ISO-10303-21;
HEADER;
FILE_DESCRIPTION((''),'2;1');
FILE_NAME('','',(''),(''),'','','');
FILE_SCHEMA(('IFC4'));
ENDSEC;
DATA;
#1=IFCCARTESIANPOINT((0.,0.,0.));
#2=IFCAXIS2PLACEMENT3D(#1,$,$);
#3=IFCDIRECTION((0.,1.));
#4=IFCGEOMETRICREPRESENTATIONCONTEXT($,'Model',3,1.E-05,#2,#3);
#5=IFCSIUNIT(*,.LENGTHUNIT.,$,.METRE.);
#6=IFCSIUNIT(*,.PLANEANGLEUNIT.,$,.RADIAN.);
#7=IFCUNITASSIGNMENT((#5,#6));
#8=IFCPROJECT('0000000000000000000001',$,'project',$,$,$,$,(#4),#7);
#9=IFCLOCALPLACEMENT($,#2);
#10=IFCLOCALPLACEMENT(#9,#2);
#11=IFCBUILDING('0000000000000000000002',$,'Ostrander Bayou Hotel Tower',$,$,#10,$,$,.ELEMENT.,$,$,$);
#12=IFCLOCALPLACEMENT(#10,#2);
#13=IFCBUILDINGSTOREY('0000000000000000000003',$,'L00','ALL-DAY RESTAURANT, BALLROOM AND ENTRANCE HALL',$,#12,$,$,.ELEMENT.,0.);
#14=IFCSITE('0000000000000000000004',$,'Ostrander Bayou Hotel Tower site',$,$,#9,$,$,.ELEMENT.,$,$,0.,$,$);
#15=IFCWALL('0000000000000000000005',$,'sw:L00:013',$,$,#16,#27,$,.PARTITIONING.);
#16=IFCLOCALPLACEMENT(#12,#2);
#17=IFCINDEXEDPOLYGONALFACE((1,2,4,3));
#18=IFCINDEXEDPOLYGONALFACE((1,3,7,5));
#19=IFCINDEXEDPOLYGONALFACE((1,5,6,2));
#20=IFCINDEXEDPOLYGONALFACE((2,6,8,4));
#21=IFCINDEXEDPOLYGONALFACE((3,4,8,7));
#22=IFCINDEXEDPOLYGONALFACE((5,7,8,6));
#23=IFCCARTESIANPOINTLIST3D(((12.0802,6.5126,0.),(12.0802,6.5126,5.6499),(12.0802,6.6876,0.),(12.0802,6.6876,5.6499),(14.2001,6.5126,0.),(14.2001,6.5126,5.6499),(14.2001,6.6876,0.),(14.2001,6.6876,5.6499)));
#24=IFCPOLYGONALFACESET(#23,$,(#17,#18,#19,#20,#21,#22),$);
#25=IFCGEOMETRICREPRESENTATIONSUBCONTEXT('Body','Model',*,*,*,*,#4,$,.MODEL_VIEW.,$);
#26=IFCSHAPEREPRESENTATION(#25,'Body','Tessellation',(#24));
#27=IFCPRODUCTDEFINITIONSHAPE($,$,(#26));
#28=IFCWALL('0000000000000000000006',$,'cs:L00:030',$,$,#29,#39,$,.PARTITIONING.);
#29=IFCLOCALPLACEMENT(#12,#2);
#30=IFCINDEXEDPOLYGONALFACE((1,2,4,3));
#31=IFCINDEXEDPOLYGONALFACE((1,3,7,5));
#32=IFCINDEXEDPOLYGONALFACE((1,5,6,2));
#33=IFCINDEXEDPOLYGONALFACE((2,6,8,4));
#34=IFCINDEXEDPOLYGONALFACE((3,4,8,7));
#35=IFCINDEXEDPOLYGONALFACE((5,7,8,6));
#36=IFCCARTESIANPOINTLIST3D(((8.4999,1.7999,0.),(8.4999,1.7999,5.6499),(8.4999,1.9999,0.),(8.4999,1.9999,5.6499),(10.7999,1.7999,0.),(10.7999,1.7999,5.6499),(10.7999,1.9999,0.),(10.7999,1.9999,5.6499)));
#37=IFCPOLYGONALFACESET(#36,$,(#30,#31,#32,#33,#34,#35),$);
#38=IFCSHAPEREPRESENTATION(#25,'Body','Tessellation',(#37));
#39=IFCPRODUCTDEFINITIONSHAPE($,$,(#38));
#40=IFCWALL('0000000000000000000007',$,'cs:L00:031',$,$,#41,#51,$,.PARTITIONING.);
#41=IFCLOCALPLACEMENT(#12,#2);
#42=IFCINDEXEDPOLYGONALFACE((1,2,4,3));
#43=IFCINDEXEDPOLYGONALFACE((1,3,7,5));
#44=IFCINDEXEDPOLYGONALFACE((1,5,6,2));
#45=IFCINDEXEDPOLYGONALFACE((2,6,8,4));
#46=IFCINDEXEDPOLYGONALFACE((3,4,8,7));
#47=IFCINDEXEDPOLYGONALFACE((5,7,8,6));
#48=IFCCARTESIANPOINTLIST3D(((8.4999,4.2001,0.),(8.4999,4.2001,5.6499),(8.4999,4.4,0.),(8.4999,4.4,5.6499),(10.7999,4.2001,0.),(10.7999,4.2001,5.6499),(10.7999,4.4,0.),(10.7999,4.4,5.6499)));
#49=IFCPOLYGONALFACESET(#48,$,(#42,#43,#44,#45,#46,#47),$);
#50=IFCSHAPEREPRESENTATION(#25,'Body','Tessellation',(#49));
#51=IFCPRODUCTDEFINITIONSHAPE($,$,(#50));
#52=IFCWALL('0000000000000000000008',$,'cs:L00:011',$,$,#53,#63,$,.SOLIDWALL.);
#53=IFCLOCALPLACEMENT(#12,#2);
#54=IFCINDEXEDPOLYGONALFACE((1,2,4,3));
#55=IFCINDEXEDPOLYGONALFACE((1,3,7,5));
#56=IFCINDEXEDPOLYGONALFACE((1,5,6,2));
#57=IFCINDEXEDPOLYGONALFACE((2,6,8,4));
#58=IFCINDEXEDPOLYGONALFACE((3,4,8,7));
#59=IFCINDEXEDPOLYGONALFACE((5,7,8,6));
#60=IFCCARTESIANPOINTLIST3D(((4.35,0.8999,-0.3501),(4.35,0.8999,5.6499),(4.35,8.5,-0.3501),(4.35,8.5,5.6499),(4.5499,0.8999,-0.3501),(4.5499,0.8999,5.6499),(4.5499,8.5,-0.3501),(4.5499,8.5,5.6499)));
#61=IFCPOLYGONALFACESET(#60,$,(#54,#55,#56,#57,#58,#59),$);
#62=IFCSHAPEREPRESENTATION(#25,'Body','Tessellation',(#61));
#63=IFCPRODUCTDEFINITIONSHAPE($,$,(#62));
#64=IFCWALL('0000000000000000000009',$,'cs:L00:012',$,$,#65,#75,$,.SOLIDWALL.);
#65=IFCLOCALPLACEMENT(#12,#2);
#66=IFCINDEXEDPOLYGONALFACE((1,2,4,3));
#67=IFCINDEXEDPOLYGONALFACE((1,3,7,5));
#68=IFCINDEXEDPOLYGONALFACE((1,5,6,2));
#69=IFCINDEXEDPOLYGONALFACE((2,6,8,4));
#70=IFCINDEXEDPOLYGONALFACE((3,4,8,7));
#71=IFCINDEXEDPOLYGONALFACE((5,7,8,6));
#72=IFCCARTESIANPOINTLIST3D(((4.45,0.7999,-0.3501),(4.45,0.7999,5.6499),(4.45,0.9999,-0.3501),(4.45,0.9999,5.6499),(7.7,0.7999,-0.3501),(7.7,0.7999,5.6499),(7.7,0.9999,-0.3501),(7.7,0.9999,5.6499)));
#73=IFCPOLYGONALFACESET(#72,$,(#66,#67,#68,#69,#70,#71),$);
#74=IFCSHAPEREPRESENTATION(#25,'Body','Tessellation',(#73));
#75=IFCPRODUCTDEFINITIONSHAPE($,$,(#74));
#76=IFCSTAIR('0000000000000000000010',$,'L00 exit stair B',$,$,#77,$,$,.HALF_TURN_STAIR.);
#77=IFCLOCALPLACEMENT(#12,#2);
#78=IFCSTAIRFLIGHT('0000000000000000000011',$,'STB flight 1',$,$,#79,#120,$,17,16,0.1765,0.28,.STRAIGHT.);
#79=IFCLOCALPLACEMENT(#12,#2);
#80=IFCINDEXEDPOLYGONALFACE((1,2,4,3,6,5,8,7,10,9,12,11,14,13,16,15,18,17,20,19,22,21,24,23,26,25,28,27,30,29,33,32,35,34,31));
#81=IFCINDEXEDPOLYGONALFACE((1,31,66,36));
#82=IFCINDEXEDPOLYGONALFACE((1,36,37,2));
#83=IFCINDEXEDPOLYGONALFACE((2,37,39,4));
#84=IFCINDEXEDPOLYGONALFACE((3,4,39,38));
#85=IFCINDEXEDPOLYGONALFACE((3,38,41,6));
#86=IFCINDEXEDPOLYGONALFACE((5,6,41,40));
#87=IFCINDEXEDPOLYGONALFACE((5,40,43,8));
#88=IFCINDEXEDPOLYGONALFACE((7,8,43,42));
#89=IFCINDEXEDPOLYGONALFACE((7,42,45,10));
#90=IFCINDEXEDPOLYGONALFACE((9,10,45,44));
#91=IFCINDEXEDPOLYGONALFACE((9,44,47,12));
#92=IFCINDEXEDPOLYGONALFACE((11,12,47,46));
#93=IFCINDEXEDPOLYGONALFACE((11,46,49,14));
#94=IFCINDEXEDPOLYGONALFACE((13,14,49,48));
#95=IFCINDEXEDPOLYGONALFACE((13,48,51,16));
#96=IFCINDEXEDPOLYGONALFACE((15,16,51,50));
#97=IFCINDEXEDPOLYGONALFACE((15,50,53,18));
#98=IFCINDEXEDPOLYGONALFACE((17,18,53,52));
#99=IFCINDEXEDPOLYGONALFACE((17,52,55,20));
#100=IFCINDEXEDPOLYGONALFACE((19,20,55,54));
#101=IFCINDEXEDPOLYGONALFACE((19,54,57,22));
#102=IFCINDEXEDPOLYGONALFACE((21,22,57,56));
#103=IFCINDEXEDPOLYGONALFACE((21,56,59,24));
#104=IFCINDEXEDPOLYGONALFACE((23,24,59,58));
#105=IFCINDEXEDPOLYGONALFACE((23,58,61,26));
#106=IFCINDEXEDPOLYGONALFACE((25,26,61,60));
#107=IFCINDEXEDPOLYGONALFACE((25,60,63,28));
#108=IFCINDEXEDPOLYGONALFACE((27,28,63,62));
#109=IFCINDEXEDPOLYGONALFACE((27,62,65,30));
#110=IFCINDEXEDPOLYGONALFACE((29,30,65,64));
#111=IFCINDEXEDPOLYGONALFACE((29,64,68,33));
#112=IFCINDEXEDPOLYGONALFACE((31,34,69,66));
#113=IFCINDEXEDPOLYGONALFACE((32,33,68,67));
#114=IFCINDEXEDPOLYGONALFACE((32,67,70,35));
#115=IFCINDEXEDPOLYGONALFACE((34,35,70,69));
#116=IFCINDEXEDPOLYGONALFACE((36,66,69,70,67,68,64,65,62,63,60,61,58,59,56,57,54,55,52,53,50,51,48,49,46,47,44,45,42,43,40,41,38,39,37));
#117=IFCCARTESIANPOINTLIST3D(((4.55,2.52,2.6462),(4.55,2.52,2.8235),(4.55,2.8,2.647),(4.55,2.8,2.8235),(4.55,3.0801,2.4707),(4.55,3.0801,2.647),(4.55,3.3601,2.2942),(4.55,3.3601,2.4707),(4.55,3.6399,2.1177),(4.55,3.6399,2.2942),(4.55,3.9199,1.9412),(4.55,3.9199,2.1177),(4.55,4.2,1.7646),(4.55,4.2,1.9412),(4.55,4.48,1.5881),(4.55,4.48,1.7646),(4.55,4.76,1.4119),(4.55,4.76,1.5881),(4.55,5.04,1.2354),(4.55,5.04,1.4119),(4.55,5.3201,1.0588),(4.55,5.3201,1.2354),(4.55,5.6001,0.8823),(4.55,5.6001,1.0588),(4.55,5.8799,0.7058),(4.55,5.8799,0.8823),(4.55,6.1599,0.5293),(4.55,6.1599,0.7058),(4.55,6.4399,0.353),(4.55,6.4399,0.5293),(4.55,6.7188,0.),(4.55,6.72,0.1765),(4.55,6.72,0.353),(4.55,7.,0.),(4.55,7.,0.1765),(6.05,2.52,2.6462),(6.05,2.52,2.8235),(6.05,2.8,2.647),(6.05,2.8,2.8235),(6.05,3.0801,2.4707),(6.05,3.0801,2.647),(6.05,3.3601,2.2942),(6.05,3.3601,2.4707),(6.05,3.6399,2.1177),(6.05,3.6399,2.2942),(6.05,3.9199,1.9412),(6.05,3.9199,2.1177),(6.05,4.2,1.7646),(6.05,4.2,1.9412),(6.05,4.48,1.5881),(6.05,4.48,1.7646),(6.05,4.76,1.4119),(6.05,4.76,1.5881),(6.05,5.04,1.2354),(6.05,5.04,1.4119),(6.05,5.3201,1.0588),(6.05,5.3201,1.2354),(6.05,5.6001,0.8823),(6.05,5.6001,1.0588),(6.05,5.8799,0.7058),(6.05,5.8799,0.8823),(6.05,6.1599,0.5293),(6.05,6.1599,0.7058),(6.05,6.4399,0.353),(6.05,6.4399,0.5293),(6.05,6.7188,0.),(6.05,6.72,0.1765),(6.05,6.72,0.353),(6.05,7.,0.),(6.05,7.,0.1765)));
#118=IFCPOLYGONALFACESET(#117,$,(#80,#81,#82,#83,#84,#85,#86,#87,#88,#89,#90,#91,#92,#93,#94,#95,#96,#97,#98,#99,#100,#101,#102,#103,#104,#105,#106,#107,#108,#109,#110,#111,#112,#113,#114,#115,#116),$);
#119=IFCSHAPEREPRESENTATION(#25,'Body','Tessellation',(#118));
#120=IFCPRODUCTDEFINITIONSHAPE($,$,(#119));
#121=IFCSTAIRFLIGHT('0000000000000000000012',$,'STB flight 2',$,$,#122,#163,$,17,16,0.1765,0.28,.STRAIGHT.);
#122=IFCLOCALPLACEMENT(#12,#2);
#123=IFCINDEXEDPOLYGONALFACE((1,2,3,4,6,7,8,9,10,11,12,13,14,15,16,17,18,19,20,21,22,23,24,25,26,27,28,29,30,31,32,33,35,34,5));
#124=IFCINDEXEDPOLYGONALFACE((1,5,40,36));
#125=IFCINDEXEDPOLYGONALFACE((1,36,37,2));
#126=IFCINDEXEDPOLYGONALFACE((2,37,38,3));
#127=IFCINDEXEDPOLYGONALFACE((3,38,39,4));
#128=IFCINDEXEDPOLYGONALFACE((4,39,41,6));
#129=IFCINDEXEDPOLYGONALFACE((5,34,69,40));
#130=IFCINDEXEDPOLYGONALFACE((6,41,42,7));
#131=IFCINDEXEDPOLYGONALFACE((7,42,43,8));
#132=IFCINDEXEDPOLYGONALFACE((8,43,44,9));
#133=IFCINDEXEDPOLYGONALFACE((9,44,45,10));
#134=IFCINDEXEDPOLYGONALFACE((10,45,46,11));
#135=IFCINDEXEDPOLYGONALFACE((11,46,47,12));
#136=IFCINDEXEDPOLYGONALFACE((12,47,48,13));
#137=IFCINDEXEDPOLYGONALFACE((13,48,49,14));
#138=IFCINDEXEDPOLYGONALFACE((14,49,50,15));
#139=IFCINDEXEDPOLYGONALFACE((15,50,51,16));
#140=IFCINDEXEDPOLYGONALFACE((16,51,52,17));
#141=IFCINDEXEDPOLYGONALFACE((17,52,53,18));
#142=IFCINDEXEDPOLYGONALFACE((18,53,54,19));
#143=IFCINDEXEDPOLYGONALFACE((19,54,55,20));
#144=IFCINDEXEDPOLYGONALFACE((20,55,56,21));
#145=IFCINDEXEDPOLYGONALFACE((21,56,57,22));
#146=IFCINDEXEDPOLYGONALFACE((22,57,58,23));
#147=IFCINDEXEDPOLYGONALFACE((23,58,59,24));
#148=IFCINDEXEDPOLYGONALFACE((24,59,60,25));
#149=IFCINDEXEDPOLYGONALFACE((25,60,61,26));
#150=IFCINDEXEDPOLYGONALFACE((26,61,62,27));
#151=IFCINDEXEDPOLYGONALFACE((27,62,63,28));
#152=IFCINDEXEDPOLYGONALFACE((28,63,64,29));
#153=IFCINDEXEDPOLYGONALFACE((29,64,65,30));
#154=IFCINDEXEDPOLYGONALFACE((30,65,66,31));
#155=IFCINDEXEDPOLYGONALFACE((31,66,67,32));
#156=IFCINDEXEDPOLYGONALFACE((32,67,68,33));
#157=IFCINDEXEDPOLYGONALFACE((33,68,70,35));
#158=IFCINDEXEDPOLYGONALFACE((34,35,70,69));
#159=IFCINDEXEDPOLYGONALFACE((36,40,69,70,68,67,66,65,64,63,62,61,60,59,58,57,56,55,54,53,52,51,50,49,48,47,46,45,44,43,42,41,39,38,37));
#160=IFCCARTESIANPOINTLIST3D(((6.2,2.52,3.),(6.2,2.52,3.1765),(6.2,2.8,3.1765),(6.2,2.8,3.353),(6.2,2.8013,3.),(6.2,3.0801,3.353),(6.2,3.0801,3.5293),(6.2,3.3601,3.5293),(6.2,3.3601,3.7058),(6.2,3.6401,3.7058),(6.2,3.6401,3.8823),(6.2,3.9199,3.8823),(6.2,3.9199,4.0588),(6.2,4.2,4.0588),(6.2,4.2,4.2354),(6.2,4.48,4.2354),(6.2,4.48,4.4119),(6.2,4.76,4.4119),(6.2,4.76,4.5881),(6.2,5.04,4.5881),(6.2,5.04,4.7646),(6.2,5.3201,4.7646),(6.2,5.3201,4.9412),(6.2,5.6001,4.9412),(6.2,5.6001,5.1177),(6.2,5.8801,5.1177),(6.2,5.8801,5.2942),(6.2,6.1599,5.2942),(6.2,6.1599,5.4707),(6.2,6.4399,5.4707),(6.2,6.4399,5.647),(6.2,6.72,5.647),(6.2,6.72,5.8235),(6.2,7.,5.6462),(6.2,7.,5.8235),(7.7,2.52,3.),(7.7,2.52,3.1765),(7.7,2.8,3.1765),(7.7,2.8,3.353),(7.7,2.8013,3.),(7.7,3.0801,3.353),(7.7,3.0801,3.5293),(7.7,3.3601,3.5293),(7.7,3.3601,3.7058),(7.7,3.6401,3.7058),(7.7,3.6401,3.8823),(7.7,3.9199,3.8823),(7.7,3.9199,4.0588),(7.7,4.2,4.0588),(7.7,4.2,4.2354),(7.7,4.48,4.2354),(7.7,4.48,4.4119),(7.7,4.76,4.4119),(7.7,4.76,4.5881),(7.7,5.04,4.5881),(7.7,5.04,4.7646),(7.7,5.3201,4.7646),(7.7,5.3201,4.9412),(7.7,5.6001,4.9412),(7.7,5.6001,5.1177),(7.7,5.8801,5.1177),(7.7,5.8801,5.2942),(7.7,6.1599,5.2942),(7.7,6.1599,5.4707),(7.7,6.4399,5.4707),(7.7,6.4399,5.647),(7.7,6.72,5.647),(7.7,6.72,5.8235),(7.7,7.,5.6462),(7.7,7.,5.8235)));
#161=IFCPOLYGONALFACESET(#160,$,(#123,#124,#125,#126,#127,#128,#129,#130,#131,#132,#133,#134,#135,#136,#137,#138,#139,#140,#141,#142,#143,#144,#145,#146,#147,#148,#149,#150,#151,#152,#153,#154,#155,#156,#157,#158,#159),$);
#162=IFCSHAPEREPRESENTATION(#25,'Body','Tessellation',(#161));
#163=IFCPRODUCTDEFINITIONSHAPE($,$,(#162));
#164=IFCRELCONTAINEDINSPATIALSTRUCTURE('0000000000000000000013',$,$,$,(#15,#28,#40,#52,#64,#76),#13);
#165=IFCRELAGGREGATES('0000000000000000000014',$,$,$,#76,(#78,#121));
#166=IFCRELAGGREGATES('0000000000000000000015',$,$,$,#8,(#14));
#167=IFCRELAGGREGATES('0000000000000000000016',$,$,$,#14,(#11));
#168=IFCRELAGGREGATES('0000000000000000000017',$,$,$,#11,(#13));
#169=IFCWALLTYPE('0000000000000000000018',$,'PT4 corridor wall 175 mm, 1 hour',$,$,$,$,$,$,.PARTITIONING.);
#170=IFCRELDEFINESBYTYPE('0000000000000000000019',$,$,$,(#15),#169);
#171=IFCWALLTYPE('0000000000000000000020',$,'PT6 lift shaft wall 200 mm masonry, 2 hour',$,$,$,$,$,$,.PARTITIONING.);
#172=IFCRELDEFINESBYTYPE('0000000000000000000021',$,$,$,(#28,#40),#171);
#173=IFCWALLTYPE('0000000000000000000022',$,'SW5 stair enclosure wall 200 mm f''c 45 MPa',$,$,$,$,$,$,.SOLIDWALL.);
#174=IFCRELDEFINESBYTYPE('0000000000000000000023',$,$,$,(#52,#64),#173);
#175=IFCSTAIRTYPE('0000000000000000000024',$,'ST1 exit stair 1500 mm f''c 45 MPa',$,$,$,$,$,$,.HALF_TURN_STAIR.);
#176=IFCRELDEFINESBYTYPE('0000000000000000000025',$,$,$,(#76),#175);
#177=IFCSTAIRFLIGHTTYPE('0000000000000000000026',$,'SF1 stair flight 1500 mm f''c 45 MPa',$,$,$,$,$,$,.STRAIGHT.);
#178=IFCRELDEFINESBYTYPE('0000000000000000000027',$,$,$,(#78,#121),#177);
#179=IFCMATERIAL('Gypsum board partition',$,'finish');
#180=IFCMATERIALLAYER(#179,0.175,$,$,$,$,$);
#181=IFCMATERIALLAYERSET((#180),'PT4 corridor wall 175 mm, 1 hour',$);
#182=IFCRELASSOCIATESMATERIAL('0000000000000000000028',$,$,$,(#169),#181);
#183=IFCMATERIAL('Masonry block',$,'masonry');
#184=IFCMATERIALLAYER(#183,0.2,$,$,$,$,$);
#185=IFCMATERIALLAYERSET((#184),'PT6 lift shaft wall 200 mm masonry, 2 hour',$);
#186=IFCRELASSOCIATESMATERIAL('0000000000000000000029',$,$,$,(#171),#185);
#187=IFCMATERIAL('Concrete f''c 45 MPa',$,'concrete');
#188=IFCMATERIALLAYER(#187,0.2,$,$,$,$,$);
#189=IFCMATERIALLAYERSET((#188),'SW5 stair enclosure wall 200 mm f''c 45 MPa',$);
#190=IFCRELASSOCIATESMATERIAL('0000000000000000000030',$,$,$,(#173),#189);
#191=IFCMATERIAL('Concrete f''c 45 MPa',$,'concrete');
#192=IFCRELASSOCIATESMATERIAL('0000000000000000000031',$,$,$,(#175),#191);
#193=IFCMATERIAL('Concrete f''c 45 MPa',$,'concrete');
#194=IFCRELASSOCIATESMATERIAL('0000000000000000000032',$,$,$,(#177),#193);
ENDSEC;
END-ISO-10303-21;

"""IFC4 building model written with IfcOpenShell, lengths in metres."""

from ifc_helpers import new_model, si_unit, direction, frame, frame_2d, origin, place, context, subcontext, project, spatial, polyline, rectangle, outline, extrude, material, layer, layer_set, type_object, element, aggregate, save


model = new_model("IFC4")

# Units and contexts
model_context = context("Model", 3, precision=1e-05, world=origin(), true_north=direction((0.0, 1.0)))
body_context = subcontext(model_context, "Body", "Model", "MODEL_VIEW")
ifc_project = project(units=[si_unit("LENGTHUNIT", "METRE"), si_unit("PLANEANGLEUNIT", "RADIAN")], contexts=[model_context])

# Site, building, storey
site_placement = place(None, origin())
site = spatial("IfcSite", under=ifc_project, at=site_placement, Name="Ostrander Bayou Hotel Tower site", CompositionType="ELEMENT", RefElevation=0.0)
building_placement = place(site_placement, origin())
building = spatial("IfcBuilding", under=site, at=building_placement, Name="Ostrander Bayou Hotel Tower", CompositionType="ELEMENT")
storey_placement = place(building_placement, origin())
storey = spatial("IfcBuildingStorey", under=building, at=storey_placement, Name="L00", Description="ALL-DAY RESTAURANT, BALLROOM AND ENTRANCE HALL", CompositionType="ELEMENT", Elevation=0.0)

# Shared definitions
ifc_material_1 = material(Name="Gypsum board partition", Category="finish")
ifc_layer_1 = layer(ifc_material_1, 0.175)
ifc_layer_set_1 = layer_set([ifc_layer_1], Name="PT4 corridor wall 175 mm, 1 hour")
wall_type_1 = type_object("IfcWallType", Name="PT4 corridor wall 175 mm, 1 hour", PredefinedType="PARTITIONING", material=ifc_layer_set_1)

# Wall
wall_1_placement = place(storey_placement, frame((12.0801, 6.6001, 0.0), z_axis=(0.0, 0.0, 1.0), x_axis=(1.0, 0.0, 0.0)))
element("IfcWall", 1, at=wall_1_placement, inside=storey, type_object=wall_type_1, Name="sw:L00:013", PredefinedType="PARTITIONING", context=body_context, shape_type="SweptSolid", body=[
    extrude(rectangle(XDim=2.1199, YDim=0.175, at=frame_2d((1.0601, 0.0))), origin(), (0.0, 0.0, 1.0), 5.6499),
])

# Walls
ifc_material_2 = material(Name="Masonry block", Category="masonry")
ifc_layer_2 = layer(ifc_material_2, 0.2)
ifc_layer_set_2 = layer_set([ifc_layer_2], Name="PT6 lift shaft wall 200 mm masonry, 2 hour")
wall_type_2 = type_object("IfcWallType", Name="PT6 lift shaft wall 200 mm masonry, 2 hour", PredefinedType="PARTITIONING", material=ifc_layer_set_2)
for number, where, z_axis, x_axis, name in (
    (2, (8.5, 1.8999, 0.0), (0.0, 0.0, 1.0), (1.0, 0.0, 0.0), "cs:L00:030"),
    (3, (8.5, 4.3, 0.0), (0.0, 0.0, 1.0), (1.0, 0.0, 0.0), "cs:L00:031"),
):
    element("IfcWall", number, at=place(storey_placement, frame(where, z_axis=z_axis, x_axis=x_axis)), inside=storey, type_object=wall_type_2, Name=name, PredefinedType="PARTITIONING", context=body_context, shape_type="SweptSolid", body=[
        extrude(rectangle(XDim=2.3, YDim=0.2, at=frame_2d((1.1499, 0.0))), origin(), (0.0, 0.0, 1.0), 5.6499),
    ])
ifc_material_3 = material(Name="Concrete f'c 45 MPa", Category="concrete")
ifc_layer_3 = layer(ifc_material_3, 0.2)
ifc_layer_set_3 = layer_set([ifc_layer_3], Name="SW5 stair enclosure wall 200 mm f'c 45 MPa")
wall_type_3 = type_object("IfcWallType", Name="SW5 stair enclosure wall 200 mm f'c 45 MPa", PredefinedType="SOLIDWALL", material=ifc_layer_set_3)
wall_2_placement = place(storey_placement, frame((4.45, 0.8999, -0.3501), z_axis=(0.0, 0.0, 1.0), x_axis=(0.0, 1.0, 0.0)))
element("IfcWall", 4, at=wall_2_placement, inside=storey, type_object=wall_type_3, Name="cs:L00:011", PredefinedType="SOLIDWALL", context=body_context, shape_type="SweptSolid", body=[
    extrude(rectangle(XDim=7.6001, YDim=0.2, at=frame_2d((3.8, 0.0))), origin(), (0.0, 0.0, 1.0), 6.0),
])
wall_3_placement = place(storey_placement, frame((4.45, 0.8999, -0.3501), z_axis=(0.0, 0.0, 1.0), x_axis=(1.0, 0.0, 0.0)))
element("IfcWall", 5, at=wall_3_placement, inside=storey, type_object=wall_type_3, Name="cs:L00:012", PredefinedType="SOLIDWALL", context=body_context, shape_type="SweptSolid", body=[
    extrude(rectangle(XDim=3.25, YDim=0.2, at=frame_2d((1.625, 0.0))), origin(), (0.0, 0.0, 1.0), 6.0),
])

# Stair, stair flights
ifc_material_4 = material(Name="Concrete f'c 45 MPa", Category="concrete")
stair_type = type_object("IfcStairType", Name="ST1 exit stair 1500 mm f'c 45 MPa", PredefinedType="HALF_TURN_STAIR", material=ifc_material_4)
stair_placement = place(storey_placement, origin())
stair = element("IfcStair", 6, at=stair_placement, inside=storey, type_object=stair_type, Name="L00 exit stair B", PredefinedType="HALF_TURN_STAIR")
ifc_material_5 = material(Name="Concrete f'c 45 MPa", Category="concrete")
stair_flight_type = type_object("IfcStairFlightType", Name="SF1 stair flight 1500 mm f'c 45 MPa", PredefinedType="STRAIGHT", material=ifc_material_5)
stair_flight_1_placement = place(storey_placement, frame((5.3, 7.0, 0.0), z_axis=(0.0, 0.0, 1.0), x_axis=(0.0, -1.0, 0.0)))
stair_flight_1 = element("IfcStairFlight", 7, at=stair_flight_1_placement, type_object=stair_flight_type, Name="STB flight 1", NumberOfRisers=17, NumberOfTreads=16, PredefinedType="STRAIGHT", RiserHeight=0.1765, TreadLength=0.28, context=body_context, shape_type="SweptSolid", body=[
    extrude(outline(polyline([(0.0, 0.0), (0.0, 0.1765), (0.28, 0.1765), (0.28, 0.353), (0.5601, 0.353), (0.5601, 0.5293), (0.8401, 0.5293), (0.8401, 0.7058), (1.1201, 0.7058), (1.1201, 0.8823), (1.3999, 0.8823), (1.3999, 1.0588), (1.6799, 1.0588), (1.6799, 1.2354), (1.96, 1.2354), (1.96, 1.4119), (2.24, 1.4119), (2.24, 1.5881), (2.52, 1.5881), (2.52, 1.7646), (2.8, 1.7646), (2.8, 1.9412), (3.0801, 1.9412), (3.0801, 2.1177), (3.3601, 2.1177), (3.3601, 2.2942), (3.6399, 2.2942), (3.6399, 2.4707), (3.9199, 2.4707), (3.9199, 2.647), (4.2, 2.647), (4.2, 2.8235), (4.48, 2.8235), (4.48, 3.0), (4.48, 2.6462), (0.2812, 0.0), (0.0, 0.0)])), frame((0.0, 0.75, 0.0), z_axis=(0.0, -1.0, 0.0), x_axis=(1.0, 0.0, 0.0)), (0.0, 0.0, 1.0), 1.5),
])
stair_flight_2_placement = place(storey_placement, frame((6.95, 2.52, 3.0), z_axis=(0.0, 0.0, 1.0), x_axis=(0.0, 1.0, 0.0)))
stair_flight_2 = element("IfcStairFlight", 8, at=stair_flight_2_placement, type_object=stair_flight_type, Name="STB flight 2", NumberOfRisers=17, NumberOfTreads=16, PredefinedType="STRAIGHT", RiserHeight=0.1765, TreadLength=0.28, context=body_context, shape_type="SweptSolid", body=[
    extrude(outline(polyline([(0.0, 0.0), (0.0, 0.1765), (0.28, 0.1765), (0.28, 0.353), (0.5601, 0.353), (0.5601, 0.5293), (0.8401, 0.5293), (0.8401, 0.7058), (1.1201, 0.7058), (1.1201, 0.8823), (1.3999, 0.8823), (1.3999, 1.0588), (1.6799, 1.0588), (1.6799, 1.2354), (1.96, 1.2354), (1.96, 1.4119), (2.24, 1.4119), (2.24, 1.5881), (2.52, 1.5881), (2.52, 1.7646), (2.8, 1.7646), (2.8, 1.9412), (3.0801, 1.9412), (3.0801, 2.1177), (3.3601, 2.1177), (3.3601, 2.2942), (3.6399, 2.2942), (3.6399, 2.4707), (3.9199, 2.4707), (3.9199, 2.647), (4.2, 2.647), (4.2, 2.8235), (4.48, 2.8235), (4.48, 3.0), (4.48, 2.6462), (0.2812, 0.0), (0.0, 0.0)])), frame((0.0, 0.75, 0.0), z_axis=(0.0, -1.0, 0.0), x_axis=(1.0, 0.0, 0.0)), (0.0, 0.0, 1.0), 1.5),
])
aggregate(stair, [stair_flight_1, stair_flight_2])

save(model, "model.ifc")
